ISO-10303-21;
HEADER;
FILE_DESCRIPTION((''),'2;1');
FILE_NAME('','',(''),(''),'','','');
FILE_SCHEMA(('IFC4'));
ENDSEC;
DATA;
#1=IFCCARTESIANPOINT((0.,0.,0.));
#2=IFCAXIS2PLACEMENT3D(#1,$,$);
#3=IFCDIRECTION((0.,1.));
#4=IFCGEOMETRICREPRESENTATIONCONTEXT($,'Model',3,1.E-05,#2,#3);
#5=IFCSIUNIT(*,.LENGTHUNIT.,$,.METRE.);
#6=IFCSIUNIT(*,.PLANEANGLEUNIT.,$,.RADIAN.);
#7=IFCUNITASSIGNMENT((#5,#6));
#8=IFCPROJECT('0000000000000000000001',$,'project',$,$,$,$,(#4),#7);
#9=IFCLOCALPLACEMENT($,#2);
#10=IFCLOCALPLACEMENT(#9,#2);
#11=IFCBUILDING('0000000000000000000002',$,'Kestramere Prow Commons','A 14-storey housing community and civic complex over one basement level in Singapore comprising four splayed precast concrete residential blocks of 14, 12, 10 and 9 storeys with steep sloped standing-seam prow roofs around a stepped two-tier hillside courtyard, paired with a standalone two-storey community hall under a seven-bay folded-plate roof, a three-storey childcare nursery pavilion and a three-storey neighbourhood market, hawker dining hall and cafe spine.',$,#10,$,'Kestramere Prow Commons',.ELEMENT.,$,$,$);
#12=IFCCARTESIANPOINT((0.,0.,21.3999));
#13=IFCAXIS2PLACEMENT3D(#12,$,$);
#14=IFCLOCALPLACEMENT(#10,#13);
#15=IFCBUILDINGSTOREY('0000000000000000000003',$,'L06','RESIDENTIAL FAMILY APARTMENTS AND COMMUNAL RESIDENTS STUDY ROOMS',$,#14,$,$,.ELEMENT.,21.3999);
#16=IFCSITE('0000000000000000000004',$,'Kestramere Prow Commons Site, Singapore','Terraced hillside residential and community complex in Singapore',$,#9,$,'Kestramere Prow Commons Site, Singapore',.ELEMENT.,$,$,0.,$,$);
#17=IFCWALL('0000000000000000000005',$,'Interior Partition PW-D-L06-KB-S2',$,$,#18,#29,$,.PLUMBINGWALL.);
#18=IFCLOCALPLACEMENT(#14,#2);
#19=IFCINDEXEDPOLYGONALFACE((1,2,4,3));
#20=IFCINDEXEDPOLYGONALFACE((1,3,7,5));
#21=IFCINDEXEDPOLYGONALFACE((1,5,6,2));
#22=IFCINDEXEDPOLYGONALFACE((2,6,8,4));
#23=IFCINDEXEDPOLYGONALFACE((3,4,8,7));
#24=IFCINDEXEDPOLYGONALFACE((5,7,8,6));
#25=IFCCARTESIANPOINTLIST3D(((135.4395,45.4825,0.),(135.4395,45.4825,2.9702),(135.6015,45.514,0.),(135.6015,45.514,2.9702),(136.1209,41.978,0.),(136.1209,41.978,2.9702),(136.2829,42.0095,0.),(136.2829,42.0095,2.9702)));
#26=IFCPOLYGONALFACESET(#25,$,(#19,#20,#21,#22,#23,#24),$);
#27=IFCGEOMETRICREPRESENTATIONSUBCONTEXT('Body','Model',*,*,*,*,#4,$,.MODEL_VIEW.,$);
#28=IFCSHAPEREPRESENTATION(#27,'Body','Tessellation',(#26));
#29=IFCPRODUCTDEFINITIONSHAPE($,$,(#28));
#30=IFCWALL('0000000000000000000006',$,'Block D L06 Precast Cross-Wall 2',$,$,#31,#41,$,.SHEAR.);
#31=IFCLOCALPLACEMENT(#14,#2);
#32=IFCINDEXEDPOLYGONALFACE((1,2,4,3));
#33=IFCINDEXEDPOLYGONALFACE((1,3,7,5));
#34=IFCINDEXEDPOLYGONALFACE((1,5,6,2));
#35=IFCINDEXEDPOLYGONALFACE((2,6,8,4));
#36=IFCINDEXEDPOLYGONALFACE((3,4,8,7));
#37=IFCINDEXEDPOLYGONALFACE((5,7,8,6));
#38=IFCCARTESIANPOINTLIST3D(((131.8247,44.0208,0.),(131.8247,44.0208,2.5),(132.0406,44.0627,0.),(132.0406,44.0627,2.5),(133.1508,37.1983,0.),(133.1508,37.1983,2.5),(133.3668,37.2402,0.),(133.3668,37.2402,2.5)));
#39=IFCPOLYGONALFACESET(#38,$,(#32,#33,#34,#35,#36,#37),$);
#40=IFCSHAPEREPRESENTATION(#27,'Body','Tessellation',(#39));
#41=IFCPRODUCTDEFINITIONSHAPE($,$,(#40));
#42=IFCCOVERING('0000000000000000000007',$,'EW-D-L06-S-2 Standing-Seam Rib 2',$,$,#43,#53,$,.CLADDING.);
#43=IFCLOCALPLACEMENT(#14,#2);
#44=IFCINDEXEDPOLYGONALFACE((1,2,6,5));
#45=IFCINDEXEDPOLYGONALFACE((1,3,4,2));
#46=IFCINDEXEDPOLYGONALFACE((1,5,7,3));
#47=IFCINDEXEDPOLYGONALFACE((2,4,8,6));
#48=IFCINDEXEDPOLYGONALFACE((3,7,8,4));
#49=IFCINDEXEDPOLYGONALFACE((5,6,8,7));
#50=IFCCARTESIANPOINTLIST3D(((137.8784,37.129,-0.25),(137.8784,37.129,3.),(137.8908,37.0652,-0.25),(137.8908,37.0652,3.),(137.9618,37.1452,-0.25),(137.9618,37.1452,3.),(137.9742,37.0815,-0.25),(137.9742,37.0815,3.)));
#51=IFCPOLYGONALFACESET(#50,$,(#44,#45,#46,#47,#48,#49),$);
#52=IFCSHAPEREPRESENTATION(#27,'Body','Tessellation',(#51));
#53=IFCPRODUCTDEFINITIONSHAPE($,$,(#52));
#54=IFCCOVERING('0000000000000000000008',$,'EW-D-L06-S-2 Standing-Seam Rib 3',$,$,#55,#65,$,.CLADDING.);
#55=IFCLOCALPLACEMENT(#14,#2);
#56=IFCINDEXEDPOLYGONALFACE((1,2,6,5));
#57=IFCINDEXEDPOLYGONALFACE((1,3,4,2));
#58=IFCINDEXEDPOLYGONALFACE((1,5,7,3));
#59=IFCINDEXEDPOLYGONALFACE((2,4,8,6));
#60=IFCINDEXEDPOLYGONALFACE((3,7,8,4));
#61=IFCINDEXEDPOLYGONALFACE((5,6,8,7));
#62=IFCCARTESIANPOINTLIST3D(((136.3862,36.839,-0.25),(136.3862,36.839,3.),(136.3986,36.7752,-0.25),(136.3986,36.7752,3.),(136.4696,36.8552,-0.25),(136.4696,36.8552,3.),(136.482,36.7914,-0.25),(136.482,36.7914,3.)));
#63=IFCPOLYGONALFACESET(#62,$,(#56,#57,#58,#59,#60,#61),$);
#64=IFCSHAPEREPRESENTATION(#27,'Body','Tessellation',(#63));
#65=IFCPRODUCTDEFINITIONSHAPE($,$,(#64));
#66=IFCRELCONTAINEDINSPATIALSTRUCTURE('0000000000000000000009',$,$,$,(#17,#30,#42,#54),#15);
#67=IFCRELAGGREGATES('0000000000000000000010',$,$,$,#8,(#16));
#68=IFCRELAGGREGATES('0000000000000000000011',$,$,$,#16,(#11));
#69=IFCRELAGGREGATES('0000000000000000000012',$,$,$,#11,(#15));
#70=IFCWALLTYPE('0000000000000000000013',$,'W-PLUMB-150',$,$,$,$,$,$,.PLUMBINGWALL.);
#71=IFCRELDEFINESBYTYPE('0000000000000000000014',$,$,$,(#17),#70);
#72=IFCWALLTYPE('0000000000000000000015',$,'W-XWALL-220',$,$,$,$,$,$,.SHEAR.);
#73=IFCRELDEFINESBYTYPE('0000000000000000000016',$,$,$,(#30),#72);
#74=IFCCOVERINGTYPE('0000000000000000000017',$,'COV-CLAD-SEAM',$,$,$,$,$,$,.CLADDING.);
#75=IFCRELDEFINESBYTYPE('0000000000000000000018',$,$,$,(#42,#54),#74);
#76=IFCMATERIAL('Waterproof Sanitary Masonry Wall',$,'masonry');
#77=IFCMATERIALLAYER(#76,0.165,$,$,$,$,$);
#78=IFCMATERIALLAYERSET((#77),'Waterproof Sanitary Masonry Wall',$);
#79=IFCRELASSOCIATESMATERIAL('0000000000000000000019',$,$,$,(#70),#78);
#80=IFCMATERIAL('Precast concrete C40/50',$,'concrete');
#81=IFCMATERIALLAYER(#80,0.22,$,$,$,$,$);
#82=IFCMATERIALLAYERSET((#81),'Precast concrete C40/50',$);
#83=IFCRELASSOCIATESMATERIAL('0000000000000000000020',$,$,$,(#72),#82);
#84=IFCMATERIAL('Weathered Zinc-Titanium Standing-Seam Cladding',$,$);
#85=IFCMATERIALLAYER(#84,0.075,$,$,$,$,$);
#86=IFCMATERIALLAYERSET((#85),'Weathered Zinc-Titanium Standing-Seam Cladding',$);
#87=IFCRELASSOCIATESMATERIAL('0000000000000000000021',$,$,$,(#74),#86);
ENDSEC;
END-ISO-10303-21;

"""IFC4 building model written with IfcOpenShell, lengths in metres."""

from ifc_helpers import new_model, si_unit, direction, frame, frame_2d, origin, origin_2d, place, context, subcontext, project, spatial, rectangle, extrude, material, layer, layer_set, type_object, element, save


model = new_model("IFC4")

# Units and contexts
model_context = context("Model", 3, precision=1e-05, world=origin(), true_north=direction((0.0, 1.0)))
body_context = subcontext(model_context, "Body", "Model", "MODEL_VIEW")
ifc_project = project(units=[si_unit("LENGTHUNIT", "METRE"), si_unit("PLANEANGLEUNIT", "RADIAN")], contexts=[model_context])

# Site, building, storey
site_placement = place(None, origin())
site = spatial("IfcSite", under=ifc_project, at=site_placement, Name="Kestramere Prow Commons Site, Singapore", Description="Terraced hillside residential and community complex in Singapore", LongName="Kestramere Prow Commons Site, Singapore", CompositionType="ELEMENT", RefElevation=0.0)
building_placement = place(site_placement, origin())
building = spatial("IfcBuilding", under=site, at=building_placement, Name="Kestramere Prow Commons", Description="A 14-storey housing community and civic complex over one basement level in Singapore comprising four splayed precast concrete residential blocks of 14, 12, 10 and 9 storeys with steep sloped standing-seam prow roofs around a stepped two-tier hillside courtyard, paired with a standalone two-storey community hall under a seven-bay folded-plate roof, a three-storey childcare nursery pavilion and a three-storey neighbourhood market, hawker dining hall and cafe spine.", LongName="Kestramere Prow Commons", CompositionType="ELEMENT")
storey_placement = place(building_placement, frame((0.0, 0.0, 21.3999)))
storey = spatial("IfcBuildingStorey", under=building, at=storey_placement, Name="L06", Description="RESIDENTIAL FAMILY APARTMENTS AND COMMUNAL RESIDENTS STUDY ROOMS", CompositionType="ELEMENT", Elevation=21.3999)

# Shared definitions
ifc_material_1 = material(Name="Precast concrete C40/50", Category="concrete")

# Shared definitions
ifc_material_2 = material(Name="Waterproof Sanitary Masonry Wall", Category="masonry")
ifc_layer_1 = layer(ifc_material_2, 0.165)
ifc_layer_set_1 = layer_set([ifc_layer_1], Name="Waterproof Sanitary Masonry Wall")
wall_type_1 = type_object("IfcWallType", Name="W-PLUMB-150", PredefinedType="PLUMBINGWALL", material=ifc_layer_set_1)

# Walls
wall_1_placement = place(storey_placement, frame((136.2019, 41.9937, 0.0), z_axis=(0.0, 0.0, 1.0), x_axis=(-0.190866, 0.981616, 0.0)))
element("IfcWall", 1, at=wall_1_placement, inside=storey, type_object=wall_type_1, Name="Interior Partition PW-D-L06-KB-S2", PredefinedType="PLUMBINGWALL", context=body_context, shape_type="SweptSolid", body=[
    extrude(rectangle(XDim=3.5701, YDim=0.165, at=frame_2d((1.7852, 0.0))), origin(), (0.0, 0.0, 1.0), 2.9702),
])
ifc_layer_2 = layer(ifc_material_1, 0.22)
ifc_layer_set_2 = layer_set([ifc_layer_2], Name="Precast concrete C40/50")
wall_type_2 = type_object("IfcWallType", Name="W-XWALL-220", PredefinedType="SHEAR", material=ifc_layer_set_2)
wall_2_placement = place(storey_placement, frame((133.2588, 37.2192, 0.0), z_axis=(0.0, 0.0, 1.0), x_axis=(-0.19081, 0.981627, 0.0)))
element("IfcWall", 2, at=wall_2_placement, inside=storey, type_object=wall_type_2, Name="Block D L06 Precast Cross-Wall 2", PredefinedType="SHEAR", context=body_context, shape_type="SweptSolid", body=[
    extrude(rectangle(XDim=6.9502, YDim=0.22, at=frame_2d((3.4751, 0.0))), origin(), (0.0, 0.0, 1.0), 2.5),
])

# Coverings
ifc_material_3 = material(Name="Weathered Zinc-Titanium Standing-Seam Cladding")
ifc_layer_3 = layer(ifc_material_3, 0.075)
ifc_layer_set_3 = layer_set([ifc_layer_3], Name="Weathered Zinc-Titanium Standing-Seam Cladding")
covering_type = type_object("IfcCoveringType", Name="COV-CLAD-SEAM", PredefinedType="CLADDING", material=ifc_layer_set_3)
for number, where, z_axis, x_axis, name in (
    (3, (137.9263, 37.1052, -0.25), (0.0, 0.0, 1.0), (-0.981627, -0.190809, 0.0), "EW-D-L06-S-2 Standing-Seam Rib 2"),
    (4, (136.4341, 36.8152, -0.25), (0.0, 0.0, 1.0), (-0.981627, -0.190809, 0.0), "EW-D-L06-S-2 Standing-Seam Rib 3"),
):
    element("IfcCovering", number, at=place(storey_placement, frame(where, z_axis=z_axis, x_axis=x_axis)), inside=storey, type_object=covering_type, Name=name, PredefinedType="CLADDING", context=body_context, shape_type="SweptSolid", body=[
        extrude(rectangle(XDim=0.085, YDim=0.0649, at=origin_2d()), origin(), (0.0, 0.0, 1.0), 3.25),
    ])

save(model, "model.ifc")
